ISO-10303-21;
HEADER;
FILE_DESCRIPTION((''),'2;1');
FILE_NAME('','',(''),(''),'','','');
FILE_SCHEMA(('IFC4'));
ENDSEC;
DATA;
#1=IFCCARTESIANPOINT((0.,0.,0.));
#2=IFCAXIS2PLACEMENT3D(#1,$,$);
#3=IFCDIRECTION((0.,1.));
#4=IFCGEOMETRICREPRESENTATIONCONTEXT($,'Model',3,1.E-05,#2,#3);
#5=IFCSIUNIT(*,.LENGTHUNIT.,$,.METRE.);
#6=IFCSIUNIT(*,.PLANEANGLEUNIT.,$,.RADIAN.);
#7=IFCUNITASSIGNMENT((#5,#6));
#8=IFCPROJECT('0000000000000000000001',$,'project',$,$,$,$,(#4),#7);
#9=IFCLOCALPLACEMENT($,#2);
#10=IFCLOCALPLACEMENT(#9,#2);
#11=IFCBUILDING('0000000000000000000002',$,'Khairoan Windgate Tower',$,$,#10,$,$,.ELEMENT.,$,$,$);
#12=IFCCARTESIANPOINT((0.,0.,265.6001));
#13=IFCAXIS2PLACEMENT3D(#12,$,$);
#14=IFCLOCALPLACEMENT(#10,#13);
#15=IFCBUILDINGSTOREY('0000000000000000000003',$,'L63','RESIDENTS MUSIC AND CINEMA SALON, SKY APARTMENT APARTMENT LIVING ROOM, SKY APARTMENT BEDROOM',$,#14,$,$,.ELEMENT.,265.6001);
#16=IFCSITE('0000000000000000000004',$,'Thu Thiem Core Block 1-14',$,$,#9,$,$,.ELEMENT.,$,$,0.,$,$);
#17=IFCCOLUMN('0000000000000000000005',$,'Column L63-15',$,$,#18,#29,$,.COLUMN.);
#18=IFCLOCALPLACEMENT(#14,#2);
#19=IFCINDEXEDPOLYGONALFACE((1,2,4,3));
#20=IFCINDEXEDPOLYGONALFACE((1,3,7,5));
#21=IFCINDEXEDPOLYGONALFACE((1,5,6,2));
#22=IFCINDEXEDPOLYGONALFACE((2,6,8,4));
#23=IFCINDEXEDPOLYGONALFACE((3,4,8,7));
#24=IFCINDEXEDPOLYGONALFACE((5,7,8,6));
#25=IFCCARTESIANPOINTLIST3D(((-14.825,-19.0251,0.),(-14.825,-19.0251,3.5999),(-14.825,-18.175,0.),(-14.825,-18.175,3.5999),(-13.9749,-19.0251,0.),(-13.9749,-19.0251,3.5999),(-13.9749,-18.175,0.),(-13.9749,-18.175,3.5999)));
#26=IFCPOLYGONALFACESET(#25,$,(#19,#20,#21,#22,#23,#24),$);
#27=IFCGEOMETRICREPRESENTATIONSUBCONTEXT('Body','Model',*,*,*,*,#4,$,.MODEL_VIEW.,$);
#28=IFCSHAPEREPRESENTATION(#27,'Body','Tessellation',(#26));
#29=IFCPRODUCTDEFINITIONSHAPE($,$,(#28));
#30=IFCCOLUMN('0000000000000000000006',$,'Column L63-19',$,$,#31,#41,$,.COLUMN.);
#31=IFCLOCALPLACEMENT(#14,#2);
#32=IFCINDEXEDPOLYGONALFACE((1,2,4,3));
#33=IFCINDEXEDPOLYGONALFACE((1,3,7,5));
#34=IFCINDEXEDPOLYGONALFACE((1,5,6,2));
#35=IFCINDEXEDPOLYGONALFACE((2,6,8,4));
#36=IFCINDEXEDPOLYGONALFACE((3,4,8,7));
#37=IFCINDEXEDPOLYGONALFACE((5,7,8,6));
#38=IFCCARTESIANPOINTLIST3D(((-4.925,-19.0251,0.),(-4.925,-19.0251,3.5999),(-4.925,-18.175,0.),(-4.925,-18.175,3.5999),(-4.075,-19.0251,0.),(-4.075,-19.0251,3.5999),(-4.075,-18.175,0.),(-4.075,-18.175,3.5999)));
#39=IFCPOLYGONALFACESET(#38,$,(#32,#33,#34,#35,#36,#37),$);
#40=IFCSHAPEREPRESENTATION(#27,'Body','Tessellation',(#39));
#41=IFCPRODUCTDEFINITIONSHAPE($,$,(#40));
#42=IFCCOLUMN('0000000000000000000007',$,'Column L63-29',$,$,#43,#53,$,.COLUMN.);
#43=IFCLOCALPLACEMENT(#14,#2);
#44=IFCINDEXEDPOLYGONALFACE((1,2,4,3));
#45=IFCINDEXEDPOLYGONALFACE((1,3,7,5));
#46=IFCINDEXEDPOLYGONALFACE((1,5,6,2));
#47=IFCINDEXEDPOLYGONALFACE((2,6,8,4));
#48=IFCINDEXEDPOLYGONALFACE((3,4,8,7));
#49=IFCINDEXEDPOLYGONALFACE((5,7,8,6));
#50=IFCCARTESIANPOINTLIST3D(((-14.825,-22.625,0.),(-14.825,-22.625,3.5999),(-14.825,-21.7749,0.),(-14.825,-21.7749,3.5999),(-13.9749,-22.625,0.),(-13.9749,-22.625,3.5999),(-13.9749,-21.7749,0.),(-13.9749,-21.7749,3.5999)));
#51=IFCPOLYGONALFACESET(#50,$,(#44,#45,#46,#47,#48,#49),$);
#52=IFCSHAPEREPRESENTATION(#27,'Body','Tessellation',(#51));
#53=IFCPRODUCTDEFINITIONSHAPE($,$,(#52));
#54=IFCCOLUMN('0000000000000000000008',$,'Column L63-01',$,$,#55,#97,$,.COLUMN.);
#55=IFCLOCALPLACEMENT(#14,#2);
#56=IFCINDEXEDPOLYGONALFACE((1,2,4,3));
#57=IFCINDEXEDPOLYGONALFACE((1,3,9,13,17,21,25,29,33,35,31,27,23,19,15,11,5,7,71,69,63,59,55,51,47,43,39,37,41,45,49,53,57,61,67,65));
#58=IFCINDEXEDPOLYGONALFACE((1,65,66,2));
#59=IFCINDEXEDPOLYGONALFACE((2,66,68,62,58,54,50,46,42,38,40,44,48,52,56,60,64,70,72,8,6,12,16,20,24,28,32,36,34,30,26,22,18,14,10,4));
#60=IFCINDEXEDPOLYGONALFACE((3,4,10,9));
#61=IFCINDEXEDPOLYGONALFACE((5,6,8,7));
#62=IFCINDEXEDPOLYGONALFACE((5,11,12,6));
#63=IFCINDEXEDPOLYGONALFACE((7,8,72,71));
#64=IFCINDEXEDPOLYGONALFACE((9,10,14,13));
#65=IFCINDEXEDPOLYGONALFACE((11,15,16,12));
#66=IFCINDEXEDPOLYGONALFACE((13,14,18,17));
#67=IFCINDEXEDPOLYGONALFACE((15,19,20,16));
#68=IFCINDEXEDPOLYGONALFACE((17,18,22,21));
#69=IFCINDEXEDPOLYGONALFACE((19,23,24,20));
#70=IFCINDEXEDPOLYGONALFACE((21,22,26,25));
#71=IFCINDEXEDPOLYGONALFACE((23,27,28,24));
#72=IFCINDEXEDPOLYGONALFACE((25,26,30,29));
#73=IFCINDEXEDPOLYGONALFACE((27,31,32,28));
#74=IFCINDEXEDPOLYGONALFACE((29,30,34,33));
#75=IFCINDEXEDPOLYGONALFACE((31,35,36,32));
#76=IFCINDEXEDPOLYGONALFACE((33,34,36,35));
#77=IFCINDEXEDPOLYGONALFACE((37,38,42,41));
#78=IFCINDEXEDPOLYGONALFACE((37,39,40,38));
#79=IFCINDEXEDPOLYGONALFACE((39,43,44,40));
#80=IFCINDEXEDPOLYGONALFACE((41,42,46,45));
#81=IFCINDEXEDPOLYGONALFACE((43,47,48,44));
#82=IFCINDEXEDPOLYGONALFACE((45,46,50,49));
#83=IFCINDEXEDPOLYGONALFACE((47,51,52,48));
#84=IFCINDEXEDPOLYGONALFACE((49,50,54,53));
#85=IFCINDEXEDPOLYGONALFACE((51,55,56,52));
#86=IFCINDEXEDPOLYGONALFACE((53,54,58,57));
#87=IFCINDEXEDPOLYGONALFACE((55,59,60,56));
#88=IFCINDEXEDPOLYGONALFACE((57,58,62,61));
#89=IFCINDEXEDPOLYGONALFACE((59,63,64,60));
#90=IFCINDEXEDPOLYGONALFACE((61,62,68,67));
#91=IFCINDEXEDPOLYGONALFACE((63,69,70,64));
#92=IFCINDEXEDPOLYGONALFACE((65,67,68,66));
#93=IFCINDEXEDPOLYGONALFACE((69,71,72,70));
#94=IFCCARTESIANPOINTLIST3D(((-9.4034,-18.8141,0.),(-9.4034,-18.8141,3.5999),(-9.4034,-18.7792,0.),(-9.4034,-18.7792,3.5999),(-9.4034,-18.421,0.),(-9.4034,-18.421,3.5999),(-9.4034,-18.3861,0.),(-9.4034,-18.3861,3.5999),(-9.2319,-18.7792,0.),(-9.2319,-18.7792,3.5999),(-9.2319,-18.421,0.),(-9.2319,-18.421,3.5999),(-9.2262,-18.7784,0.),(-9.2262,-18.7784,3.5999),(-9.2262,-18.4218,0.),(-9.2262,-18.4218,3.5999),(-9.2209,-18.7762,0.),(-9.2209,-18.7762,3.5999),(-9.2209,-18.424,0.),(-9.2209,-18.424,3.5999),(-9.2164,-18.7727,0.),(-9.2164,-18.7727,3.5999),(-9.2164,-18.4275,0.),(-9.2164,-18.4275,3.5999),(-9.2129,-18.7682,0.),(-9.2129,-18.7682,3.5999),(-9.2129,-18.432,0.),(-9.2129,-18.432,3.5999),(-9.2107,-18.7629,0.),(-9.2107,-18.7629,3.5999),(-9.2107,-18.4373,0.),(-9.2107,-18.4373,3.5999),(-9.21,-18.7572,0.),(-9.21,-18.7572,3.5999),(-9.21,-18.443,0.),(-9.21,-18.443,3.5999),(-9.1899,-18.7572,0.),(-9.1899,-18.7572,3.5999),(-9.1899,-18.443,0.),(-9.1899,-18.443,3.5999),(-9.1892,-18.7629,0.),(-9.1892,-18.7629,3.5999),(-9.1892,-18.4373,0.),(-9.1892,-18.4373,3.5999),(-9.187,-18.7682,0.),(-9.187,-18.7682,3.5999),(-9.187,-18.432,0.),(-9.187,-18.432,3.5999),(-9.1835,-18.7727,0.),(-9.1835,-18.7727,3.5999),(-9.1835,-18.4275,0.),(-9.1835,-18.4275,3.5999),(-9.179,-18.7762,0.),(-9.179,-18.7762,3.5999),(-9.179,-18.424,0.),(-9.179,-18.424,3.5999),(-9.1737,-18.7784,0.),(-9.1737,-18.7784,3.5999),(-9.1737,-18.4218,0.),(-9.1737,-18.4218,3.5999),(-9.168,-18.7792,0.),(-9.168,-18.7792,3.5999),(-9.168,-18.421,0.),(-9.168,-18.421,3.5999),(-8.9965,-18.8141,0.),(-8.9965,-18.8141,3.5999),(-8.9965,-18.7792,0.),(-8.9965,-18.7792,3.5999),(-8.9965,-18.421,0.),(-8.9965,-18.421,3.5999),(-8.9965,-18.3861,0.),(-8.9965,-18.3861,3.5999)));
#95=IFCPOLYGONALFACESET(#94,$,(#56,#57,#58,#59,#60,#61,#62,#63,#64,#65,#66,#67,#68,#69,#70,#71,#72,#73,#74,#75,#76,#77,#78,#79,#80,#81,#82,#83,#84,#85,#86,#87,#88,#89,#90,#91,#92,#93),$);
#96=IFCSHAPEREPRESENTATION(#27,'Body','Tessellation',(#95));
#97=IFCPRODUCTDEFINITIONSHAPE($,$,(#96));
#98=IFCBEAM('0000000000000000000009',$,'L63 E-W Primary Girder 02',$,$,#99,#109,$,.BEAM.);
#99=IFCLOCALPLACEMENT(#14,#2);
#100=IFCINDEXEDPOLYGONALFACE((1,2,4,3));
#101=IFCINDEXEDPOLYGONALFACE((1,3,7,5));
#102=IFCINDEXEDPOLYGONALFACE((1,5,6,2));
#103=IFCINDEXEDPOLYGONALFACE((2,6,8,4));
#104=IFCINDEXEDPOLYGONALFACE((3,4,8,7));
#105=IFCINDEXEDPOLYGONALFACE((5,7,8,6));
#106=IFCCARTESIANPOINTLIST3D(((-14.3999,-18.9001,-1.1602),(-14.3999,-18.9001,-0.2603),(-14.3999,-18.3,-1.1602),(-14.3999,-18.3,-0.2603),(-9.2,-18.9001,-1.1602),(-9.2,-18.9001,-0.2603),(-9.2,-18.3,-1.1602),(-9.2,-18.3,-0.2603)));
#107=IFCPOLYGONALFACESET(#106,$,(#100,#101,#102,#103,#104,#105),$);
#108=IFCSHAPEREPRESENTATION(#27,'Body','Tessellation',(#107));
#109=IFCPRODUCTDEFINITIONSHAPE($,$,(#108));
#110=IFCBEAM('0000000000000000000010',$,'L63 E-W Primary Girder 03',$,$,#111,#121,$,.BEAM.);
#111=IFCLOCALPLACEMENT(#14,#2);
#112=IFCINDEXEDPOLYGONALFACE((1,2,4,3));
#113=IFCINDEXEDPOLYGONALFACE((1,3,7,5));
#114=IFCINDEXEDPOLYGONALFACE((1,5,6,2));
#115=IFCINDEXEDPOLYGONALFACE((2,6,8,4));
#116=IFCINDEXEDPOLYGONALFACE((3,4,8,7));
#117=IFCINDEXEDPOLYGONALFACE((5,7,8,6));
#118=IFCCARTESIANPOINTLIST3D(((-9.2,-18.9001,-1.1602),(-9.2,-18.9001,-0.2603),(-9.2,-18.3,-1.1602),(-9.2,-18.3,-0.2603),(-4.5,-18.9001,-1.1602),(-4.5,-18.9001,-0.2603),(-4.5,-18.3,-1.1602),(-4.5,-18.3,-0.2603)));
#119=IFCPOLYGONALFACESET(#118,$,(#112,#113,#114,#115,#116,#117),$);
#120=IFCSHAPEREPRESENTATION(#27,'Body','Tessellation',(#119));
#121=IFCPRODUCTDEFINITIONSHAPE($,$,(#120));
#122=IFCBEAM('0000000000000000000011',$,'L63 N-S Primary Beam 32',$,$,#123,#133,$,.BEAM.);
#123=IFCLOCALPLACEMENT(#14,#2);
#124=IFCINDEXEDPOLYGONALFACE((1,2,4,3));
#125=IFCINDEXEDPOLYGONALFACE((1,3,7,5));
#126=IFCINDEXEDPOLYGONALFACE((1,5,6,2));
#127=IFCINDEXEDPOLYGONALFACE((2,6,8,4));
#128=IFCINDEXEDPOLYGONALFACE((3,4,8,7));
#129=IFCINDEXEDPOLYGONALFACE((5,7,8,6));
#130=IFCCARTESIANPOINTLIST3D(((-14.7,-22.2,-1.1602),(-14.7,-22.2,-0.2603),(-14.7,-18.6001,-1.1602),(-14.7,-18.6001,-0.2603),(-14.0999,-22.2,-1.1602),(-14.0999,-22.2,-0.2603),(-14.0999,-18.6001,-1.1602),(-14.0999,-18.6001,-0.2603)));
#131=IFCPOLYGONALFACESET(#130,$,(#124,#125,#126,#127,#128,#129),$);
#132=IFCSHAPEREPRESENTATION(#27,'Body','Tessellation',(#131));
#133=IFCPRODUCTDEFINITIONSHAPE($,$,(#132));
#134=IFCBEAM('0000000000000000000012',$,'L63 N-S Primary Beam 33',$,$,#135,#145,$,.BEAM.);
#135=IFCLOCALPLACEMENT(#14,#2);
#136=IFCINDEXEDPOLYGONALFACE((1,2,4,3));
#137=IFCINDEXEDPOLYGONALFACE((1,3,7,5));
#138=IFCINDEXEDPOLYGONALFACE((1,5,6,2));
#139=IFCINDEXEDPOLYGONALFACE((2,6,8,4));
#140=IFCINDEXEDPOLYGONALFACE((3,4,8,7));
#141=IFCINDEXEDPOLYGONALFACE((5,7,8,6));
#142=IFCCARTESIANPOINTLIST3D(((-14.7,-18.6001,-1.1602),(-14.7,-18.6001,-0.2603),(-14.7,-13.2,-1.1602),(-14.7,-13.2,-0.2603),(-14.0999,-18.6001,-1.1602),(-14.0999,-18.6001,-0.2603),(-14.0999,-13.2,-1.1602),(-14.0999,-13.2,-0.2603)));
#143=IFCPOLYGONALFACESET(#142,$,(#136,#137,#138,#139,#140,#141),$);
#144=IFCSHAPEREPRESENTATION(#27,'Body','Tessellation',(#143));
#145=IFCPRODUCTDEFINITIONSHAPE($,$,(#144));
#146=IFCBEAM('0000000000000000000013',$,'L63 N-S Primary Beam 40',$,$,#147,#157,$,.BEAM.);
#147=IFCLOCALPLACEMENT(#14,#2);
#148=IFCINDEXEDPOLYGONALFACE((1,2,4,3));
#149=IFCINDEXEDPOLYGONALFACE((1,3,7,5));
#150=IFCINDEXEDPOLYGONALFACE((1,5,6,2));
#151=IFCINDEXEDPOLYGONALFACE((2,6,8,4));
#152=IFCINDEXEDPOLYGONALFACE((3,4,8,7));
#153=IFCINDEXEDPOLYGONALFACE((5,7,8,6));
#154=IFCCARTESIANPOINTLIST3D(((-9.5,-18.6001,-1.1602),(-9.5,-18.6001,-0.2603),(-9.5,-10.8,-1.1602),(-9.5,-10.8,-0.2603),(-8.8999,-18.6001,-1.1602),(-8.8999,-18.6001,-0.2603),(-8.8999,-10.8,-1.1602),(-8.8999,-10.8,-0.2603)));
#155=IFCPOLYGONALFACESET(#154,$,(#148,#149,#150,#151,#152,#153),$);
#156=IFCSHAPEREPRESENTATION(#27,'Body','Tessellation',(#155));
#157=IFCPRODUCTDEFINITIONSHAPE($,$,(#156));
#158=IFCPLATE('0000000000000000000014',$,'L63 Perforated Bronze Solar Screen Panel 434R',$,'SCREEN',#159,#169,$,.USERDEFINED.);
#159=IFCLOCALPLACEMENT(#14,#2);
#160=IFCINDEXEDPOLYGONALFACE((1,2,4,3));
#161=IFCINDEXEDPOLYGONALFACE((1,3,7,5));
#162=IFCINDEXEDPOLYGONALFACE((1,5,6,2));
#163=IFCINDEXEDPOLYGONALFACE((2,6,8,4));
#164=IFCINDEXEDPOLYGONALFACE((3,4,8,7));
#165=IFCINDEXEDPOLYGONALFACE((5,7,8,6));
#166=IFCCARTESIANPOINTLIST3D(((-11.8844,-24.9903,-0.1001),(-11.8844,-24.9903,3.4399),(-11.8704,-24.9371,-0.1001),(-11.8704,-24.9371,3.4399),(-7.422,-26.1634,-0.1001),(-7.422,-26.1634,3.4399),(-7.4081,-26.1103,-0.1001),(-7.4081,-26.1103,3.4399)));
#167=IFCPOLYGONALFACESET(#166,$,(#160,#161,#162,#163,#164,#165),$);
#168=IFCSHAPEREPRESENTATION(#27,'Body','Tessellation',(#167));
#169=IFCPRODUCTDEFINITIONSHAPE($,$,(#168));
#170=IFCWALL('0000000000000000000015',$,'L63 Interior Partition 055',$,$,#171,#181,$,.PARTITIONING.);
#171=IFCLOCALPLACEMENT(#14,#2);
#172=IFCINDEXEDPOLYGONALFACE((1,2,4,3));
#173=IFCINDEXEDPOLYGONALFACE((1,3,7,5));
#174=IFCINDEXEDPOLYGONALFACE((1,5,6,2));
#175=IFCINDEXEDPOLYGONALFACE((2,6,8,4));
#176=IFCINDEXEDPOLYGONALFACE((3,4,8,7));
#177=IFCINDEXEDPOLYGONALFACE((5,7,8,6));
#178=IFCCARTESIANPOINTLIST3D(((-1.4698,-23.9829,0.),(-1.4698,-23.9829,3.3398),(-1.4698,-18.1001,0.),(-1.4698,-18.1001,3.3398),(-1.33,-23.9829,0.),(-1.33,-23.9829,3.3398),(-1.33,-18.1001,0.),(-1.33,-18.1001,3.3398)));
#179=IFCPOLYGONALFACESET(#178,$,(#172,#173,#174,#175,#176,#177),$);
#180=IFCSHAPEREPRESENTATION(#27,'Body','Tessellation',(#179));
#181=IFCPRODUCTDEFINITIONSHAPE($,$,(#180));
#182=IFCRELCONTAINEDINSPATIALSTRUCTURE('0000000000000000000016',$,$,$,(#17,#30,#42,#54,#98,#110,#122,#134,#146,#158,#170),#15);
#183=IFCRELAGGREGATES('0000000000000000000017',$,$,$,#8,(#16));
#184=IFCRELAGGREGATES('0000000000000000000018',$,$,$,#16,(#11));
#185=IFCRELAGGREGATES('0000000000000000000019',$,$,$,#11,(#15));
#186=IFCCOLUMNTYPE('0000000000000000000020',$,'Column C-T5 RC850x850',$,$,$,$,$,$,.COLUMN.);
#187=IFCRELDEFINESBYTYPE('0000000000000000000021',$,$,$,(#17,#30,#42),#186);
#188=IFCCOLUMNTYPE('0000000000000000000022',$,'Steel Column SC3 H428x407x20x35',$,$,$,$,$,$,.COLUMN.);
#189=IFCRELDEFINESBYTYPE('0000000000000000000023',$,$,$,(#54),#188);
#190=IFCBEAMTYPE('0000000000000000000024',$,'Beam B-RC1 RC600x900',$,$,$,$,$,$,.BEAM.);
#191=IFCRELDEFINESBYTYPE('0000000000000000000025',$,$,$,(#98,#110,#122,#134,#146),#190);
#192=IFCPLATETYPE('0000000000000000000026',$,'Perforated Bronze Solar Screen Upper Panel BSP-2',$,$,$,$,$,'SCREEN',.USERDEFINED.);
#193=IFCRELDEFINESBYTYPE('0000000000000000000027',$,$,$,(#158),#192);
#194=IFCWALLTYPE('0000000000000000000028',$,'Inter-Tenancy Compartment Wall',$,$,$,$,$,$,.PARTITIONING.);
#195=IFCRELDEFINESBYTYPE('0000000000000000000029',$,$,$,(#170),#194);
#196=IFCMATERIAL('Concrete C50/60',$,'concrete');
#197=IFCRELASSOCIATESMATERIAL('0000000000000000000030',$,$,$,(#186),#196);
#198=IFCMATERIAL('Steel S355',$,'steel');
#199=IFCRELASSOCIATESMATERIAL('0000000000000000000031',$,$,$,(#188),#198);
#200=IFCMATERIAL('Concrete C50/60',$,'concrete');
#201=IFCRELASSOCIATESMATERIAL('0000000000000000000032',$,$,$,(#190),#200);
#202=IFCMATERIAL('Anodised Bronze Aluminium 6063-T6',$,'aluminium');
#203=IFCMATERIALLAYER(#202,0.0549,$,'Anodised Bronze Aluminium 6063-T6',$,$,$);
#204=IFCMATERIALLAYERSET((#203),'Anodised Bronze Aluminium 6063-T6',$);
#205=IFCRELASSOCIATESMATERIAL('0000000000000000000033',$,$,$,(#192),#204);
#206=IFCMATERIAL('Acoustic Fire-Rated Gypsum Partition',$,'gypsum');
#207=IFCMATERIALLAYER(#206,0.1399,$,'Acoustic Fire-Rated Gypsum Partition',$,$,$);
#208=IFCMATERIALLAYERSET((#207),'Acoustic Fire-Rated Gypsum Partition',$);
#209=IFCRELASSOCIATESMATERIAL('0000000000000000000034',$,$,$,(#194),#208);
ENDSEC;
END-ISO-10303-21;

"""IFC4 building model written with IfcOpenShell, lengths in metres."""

from ifc_helpers import new_model, si_unit, direction, frame, frame_2d, origin, origin_2d, place, context, subcontext, project, spatial, rectangle, i_section, extrude, material, layer, layer_set, material_profile, profile_set, type_object, element, save


model = new_model("IFC4")

# Units and contexts
model_context = context("Model", 3, precision=1e-05, world=origin(), true_north=direction((0.0, 1.0)))
body_context = subcontext(model_context, "Body", "Model", "MODEL_VIEW")
ifc_project = project(units=[si_unit("LENGTHUNIT", "METRE"), si_unit("PLANEANGLEUNIT", "RADIAN")], contexts=[model_context])

# Site, building, storey
site_placement = place(None, origin())
site = spatial("IfcSite", under=ifc_project, at=site_placement, Name="Thu Thiem Core Block 1-14", CompositionType="ELEMENT", RefElevation=0.0)
building_placement = place(site_placement, origin())
building = spatial("IfcBuilding", under=site, at=building_placement, Name="Khairoan Windgate Tower", CompositionType="ELEMENT")
storey_placement = place(building_placement, frame((0.0, 0.0, 265.6001)))
storey = spatial("IfcBuildingStorey", under=building, at=storey_placement, Name="L63", Description="RESIDENTS MUSIC AND CINEMA SALON, SKY APARTMENT APARTMENT LIVING ROOM, SKY APARTMENT BEDROOM", CompositionType="ELEMENT", Elevation=265.6001)

# Columns
ifc_material_1 = material(Name="Concrete C50/60", Category="concrete")
ifc_material_profile_1 = material_profile(ifc_material_1, rectangle(XDim=0.8501, YDim=0.8501, at=origin_2d()))
ifc_profile_set_1 = profile_set([ifc_material_profile_1], Name="Concrete C50/60")
column_type_1 = type_object("IfcColumnType", Name="Column C-T5 RC850x850", PredefinedType="COLUMN", material=ifc_profile_set_1)
for number, where, z_axis, x_axis, name in (
    (1, (-14.3999, -18.6001, 0.0), (0.0, 0.0, 1.0), (1.0, 0.0, 0.0), "Column L63-15"),
    (2, (-4.5, -18.6001, 0.0), (0.0, 0.0, 1.0), (1.0, 0.0, 0.0), "Column L63-19"),
    (3, (-14.3999, -22.2, 0.0), (0.0, 0.0, 1.0), (1.0, 0.0, 0.0), "Column L63-29"),
):
    element("IfcColumn", number, at=place(storey_placement, frame(where, z_axis=z_axis, x_axis=x_axis)), inside=storey, type_object=column_type_1, Name=name, PredefinedType="COLUMN", context=body_context, shape_type="SweptSolid", body=[
        extrude(rectangle(XDim=0.8501, YDim=0.8501, at=origin_2d()), origin(), (0.0, 0.0, 1.0), 3.5999),
    ])
ifc_material_2 = material(Name="Steel S355", Category="steel")
ifc_material_profile_2 = material_profile(ifc_material_2, i_section(OverallWidth=0.407, OverallDepth=0.428, WebThickness=0.02, FlangeThickness=0.0349, FilletRadius=0.022, at=origin_2d()))
ifc_profile_set_2 = profile_set([ifc_material_profile_2], Name="Steel S355")
column_type_2 = type_object("IfcColumnType", Name="Steel Column SC3 H428x407x20x35", PredefinedType="COLUMN", material=ifc_profile_set_2)
column_placement = place(storey_placement, frame((-9.2, -18.6001, 0.0), z_axis=(0.0, 0.0, 1.0), x_axis=(1.0, 0.0, 0.0)))
element("IfcColumn", 4, at=column_placement, inside=storey, type_object=column_type_2, Name="Column L63-01", PredefinedType="COLUMN", context=body_context, shape_type="SweptSolid", body=[
    extrude(i_section(OverallWidth=0.407, OverallDepth=0.428, WebThickness=0.02, FlangeThickness=0.0349, FilletRadius=0.022, at=origin_2d()), origin(), (0.0, 0.0, 1.0), 3.5999),
])

# Beams
ifc_material_3 = material(Name="Concrete C50/60", Category="concrete")
ifc_material_profile_3 = material_profile(ifc_material_3, rectangle(XDim=0.6001, YDim=0.8999, at=origin_2d()))
ifc_profile_set_3 = profile_set([ifc_material_profile_3], Name="Concrete C50/60")
beam_type = type_object("IfcBeamType", Name="Beam B-RC1 RC600x900", PredefinedType="BEAM", material=ifc_profile_set_3)
beam_1_placement = place(storey_placement, frame((-14.3999, -18.6001, -0.7102), z_axis=(1.0, 0.0, 0.0), x_axis=(0.0, 1.0, 0.0)))
element("IfcBeam", 5, at=beam_1_placement, inside=storey, type_object=beam_type, Name="L63 E-W Primary Girder 02", PredefinedType="BEAM", context=body_context, shape_type="SweptSolid", body=[
    extrude(rectangle(XDim=0.6001, YDim=0.8999, at=origin_2d()), origin(), (0.0, 0.0, 1.0), 5.2),
])
beam_2_placement = place(storey_placement, frame((-9.2, -18.6001, -0.7102), z_axis=(1.0, 0.0, 0.0), x_axis=(0.0, 1.0, 0.0)))
element("IfcBeam", 6, at=beam_2_placement, inside=storey, type_object=beam_type, Name="L63 E-W Primary Girder 03", PredefinedType="BEAM", context=body_context, shape_type="SweptSolid", body=[
    extrude(rectangle(XDim=0.6001, YDim=0.8999, at=origin_2d()), origin(), (0.0, 0.0, 1.0), 4.7),
])
beam_3_placement = place(storey_placement, frame((-14.3999, -22.2, -0.7102), z_axis=(0.0, 1.0, 0.0), x_axis=(-1.0, 0.0, 0.0)))
element("IfcBeam", 7, at=beam_3_placement, inside=storey, type_object=beam_type, Name="L63 N-S Primary Beam 32", PredefinedType="BEAM", context=body_context, shape_type="SweptSolid", body=[
    extrude(rectangle(XDim=0.6001, YDim=0.8999, at=origin_2d()), origin(), (0.0, 0.0, 1.0), 3.5999),
])
beam_4_placement = place(storey_placement, frame((-14.3999, -18.6001, -0.7102), z_axis=(0.0, 1.0, 0.0), x_axis=(-1.0, 0.0, 0.0)))
element("IfcBeam", 8, at=beam_4_placement, inside=storey, type_object=beam_type, Name="L63 N-S Primary Beam 33", PredefinedType="BEAM", context=body_context, shape_type="SweptSolid", body=[
    extrude(rectangle(XDim=0.6001, YDim=0.8999, at=origin_2d()), origin(), (0.0, 0.0, 1.0), 5.4001),
])
beam_5_placement = place(storey_placement, frame((-9.2, -18.6001, -0.7102), z_axis=(0.0, 1.0, 0.0), x_axis=(-1.0, 0.0, 0.0)))
element("IfcBeam", 9, at=beam_5_placement, inside=storey, type_object=beam_type, Name="L63 N-S Primary Beam 40", PredefinedType="BEAM", context=body_context, shape_type="SweptSolid", body=[
    extrude(rectangle(XDim=0.6001, YDim=0.8999, at=origin_2d()), origin(), (0.0, 0.0, 1.0), 7.8),
])

# Plate
ifc_material_4 = material(Name="Anodised Bronze Aluminium 6063-T6", Category="aluminium")
ifc_layer_1 = layer(ifc_material_4, 0.0549, Name="Anodised Bronze Aluminium 6063-T6")
ifc_layer_set_1 = layer_set([ifc_layer_1], Name="Anodised Bronze Aluminium 6063-T6")
plate_type = type_object("IfcPlateType", Name="Perforated Bronze Solar Screen Upper Panel BSP-2", ElementType="SCREEN", PredefinedType="USERDEFINED", material=ifc_layer_set_1)
plate_placement = place(storey_placement, frame((-9.6462, -25.5503, -0.1001), z_axis=(0.0, 0.0, 1.0), x_axis=(-0.967135, 0.254264, 0.0)))
element("IfcPlate", 10, at=plate_placement, inside=storey, type_object=plate_type, Name="L63 Perforated Bronze Solar Screen Panel 434R", ObjectType="SCREEN", PredefinedType="USERDEFINED", context=body_context, shape_type="SweptSolid", body=[
    extrude(rectangle(XDim=4.614, YDim=0.0549, at=origin_2d()), origin(), (0.0, 0.0, 1.0), 3.54),
])

# Wall
ifc_material_5 = material(Name="Acoustic Fire-Rated Gypsum Partition", Category="gypsum")
ifc_layer_2 = layer(ifc_material_5, 0.1399, Name="Acoustic Fire-Rated Gypsum Partition")
ifc_layer_set_2 = layer_set([ifc_layer_2], Name="Acoustic Fire-Rated Gypsum Partition")
wall_type_1 = type_object("IfcWallType", Name="Inter-Tenancy Compartment Wall", PredefinedType="PARTITIONING", material=ifc_layer_set_2)
wall_1_placement = place(storey_placement, frame((-1.3999, -23.9829, 0.0), z_axis=(0.0, 0.0, 1.0), x_axis=(0.0, 1.0, 0.0)))
element("IfcWall", 11, at=wall_1_placement, inside=storey, type_object=wall_type_1, Name="L63 Interior Partition 055", PredefinedType="PARTITIONING", context=body_context, shape_type="SweptSolid", body=[
    extrude(rectangle(XDim=5.8828, YDim=0.1399, at=frame_2d((2.9414, 0.0))), origin(), (0.0, 0.0, 1.0), 3.3398),
])

save(model, "model.ifc")
